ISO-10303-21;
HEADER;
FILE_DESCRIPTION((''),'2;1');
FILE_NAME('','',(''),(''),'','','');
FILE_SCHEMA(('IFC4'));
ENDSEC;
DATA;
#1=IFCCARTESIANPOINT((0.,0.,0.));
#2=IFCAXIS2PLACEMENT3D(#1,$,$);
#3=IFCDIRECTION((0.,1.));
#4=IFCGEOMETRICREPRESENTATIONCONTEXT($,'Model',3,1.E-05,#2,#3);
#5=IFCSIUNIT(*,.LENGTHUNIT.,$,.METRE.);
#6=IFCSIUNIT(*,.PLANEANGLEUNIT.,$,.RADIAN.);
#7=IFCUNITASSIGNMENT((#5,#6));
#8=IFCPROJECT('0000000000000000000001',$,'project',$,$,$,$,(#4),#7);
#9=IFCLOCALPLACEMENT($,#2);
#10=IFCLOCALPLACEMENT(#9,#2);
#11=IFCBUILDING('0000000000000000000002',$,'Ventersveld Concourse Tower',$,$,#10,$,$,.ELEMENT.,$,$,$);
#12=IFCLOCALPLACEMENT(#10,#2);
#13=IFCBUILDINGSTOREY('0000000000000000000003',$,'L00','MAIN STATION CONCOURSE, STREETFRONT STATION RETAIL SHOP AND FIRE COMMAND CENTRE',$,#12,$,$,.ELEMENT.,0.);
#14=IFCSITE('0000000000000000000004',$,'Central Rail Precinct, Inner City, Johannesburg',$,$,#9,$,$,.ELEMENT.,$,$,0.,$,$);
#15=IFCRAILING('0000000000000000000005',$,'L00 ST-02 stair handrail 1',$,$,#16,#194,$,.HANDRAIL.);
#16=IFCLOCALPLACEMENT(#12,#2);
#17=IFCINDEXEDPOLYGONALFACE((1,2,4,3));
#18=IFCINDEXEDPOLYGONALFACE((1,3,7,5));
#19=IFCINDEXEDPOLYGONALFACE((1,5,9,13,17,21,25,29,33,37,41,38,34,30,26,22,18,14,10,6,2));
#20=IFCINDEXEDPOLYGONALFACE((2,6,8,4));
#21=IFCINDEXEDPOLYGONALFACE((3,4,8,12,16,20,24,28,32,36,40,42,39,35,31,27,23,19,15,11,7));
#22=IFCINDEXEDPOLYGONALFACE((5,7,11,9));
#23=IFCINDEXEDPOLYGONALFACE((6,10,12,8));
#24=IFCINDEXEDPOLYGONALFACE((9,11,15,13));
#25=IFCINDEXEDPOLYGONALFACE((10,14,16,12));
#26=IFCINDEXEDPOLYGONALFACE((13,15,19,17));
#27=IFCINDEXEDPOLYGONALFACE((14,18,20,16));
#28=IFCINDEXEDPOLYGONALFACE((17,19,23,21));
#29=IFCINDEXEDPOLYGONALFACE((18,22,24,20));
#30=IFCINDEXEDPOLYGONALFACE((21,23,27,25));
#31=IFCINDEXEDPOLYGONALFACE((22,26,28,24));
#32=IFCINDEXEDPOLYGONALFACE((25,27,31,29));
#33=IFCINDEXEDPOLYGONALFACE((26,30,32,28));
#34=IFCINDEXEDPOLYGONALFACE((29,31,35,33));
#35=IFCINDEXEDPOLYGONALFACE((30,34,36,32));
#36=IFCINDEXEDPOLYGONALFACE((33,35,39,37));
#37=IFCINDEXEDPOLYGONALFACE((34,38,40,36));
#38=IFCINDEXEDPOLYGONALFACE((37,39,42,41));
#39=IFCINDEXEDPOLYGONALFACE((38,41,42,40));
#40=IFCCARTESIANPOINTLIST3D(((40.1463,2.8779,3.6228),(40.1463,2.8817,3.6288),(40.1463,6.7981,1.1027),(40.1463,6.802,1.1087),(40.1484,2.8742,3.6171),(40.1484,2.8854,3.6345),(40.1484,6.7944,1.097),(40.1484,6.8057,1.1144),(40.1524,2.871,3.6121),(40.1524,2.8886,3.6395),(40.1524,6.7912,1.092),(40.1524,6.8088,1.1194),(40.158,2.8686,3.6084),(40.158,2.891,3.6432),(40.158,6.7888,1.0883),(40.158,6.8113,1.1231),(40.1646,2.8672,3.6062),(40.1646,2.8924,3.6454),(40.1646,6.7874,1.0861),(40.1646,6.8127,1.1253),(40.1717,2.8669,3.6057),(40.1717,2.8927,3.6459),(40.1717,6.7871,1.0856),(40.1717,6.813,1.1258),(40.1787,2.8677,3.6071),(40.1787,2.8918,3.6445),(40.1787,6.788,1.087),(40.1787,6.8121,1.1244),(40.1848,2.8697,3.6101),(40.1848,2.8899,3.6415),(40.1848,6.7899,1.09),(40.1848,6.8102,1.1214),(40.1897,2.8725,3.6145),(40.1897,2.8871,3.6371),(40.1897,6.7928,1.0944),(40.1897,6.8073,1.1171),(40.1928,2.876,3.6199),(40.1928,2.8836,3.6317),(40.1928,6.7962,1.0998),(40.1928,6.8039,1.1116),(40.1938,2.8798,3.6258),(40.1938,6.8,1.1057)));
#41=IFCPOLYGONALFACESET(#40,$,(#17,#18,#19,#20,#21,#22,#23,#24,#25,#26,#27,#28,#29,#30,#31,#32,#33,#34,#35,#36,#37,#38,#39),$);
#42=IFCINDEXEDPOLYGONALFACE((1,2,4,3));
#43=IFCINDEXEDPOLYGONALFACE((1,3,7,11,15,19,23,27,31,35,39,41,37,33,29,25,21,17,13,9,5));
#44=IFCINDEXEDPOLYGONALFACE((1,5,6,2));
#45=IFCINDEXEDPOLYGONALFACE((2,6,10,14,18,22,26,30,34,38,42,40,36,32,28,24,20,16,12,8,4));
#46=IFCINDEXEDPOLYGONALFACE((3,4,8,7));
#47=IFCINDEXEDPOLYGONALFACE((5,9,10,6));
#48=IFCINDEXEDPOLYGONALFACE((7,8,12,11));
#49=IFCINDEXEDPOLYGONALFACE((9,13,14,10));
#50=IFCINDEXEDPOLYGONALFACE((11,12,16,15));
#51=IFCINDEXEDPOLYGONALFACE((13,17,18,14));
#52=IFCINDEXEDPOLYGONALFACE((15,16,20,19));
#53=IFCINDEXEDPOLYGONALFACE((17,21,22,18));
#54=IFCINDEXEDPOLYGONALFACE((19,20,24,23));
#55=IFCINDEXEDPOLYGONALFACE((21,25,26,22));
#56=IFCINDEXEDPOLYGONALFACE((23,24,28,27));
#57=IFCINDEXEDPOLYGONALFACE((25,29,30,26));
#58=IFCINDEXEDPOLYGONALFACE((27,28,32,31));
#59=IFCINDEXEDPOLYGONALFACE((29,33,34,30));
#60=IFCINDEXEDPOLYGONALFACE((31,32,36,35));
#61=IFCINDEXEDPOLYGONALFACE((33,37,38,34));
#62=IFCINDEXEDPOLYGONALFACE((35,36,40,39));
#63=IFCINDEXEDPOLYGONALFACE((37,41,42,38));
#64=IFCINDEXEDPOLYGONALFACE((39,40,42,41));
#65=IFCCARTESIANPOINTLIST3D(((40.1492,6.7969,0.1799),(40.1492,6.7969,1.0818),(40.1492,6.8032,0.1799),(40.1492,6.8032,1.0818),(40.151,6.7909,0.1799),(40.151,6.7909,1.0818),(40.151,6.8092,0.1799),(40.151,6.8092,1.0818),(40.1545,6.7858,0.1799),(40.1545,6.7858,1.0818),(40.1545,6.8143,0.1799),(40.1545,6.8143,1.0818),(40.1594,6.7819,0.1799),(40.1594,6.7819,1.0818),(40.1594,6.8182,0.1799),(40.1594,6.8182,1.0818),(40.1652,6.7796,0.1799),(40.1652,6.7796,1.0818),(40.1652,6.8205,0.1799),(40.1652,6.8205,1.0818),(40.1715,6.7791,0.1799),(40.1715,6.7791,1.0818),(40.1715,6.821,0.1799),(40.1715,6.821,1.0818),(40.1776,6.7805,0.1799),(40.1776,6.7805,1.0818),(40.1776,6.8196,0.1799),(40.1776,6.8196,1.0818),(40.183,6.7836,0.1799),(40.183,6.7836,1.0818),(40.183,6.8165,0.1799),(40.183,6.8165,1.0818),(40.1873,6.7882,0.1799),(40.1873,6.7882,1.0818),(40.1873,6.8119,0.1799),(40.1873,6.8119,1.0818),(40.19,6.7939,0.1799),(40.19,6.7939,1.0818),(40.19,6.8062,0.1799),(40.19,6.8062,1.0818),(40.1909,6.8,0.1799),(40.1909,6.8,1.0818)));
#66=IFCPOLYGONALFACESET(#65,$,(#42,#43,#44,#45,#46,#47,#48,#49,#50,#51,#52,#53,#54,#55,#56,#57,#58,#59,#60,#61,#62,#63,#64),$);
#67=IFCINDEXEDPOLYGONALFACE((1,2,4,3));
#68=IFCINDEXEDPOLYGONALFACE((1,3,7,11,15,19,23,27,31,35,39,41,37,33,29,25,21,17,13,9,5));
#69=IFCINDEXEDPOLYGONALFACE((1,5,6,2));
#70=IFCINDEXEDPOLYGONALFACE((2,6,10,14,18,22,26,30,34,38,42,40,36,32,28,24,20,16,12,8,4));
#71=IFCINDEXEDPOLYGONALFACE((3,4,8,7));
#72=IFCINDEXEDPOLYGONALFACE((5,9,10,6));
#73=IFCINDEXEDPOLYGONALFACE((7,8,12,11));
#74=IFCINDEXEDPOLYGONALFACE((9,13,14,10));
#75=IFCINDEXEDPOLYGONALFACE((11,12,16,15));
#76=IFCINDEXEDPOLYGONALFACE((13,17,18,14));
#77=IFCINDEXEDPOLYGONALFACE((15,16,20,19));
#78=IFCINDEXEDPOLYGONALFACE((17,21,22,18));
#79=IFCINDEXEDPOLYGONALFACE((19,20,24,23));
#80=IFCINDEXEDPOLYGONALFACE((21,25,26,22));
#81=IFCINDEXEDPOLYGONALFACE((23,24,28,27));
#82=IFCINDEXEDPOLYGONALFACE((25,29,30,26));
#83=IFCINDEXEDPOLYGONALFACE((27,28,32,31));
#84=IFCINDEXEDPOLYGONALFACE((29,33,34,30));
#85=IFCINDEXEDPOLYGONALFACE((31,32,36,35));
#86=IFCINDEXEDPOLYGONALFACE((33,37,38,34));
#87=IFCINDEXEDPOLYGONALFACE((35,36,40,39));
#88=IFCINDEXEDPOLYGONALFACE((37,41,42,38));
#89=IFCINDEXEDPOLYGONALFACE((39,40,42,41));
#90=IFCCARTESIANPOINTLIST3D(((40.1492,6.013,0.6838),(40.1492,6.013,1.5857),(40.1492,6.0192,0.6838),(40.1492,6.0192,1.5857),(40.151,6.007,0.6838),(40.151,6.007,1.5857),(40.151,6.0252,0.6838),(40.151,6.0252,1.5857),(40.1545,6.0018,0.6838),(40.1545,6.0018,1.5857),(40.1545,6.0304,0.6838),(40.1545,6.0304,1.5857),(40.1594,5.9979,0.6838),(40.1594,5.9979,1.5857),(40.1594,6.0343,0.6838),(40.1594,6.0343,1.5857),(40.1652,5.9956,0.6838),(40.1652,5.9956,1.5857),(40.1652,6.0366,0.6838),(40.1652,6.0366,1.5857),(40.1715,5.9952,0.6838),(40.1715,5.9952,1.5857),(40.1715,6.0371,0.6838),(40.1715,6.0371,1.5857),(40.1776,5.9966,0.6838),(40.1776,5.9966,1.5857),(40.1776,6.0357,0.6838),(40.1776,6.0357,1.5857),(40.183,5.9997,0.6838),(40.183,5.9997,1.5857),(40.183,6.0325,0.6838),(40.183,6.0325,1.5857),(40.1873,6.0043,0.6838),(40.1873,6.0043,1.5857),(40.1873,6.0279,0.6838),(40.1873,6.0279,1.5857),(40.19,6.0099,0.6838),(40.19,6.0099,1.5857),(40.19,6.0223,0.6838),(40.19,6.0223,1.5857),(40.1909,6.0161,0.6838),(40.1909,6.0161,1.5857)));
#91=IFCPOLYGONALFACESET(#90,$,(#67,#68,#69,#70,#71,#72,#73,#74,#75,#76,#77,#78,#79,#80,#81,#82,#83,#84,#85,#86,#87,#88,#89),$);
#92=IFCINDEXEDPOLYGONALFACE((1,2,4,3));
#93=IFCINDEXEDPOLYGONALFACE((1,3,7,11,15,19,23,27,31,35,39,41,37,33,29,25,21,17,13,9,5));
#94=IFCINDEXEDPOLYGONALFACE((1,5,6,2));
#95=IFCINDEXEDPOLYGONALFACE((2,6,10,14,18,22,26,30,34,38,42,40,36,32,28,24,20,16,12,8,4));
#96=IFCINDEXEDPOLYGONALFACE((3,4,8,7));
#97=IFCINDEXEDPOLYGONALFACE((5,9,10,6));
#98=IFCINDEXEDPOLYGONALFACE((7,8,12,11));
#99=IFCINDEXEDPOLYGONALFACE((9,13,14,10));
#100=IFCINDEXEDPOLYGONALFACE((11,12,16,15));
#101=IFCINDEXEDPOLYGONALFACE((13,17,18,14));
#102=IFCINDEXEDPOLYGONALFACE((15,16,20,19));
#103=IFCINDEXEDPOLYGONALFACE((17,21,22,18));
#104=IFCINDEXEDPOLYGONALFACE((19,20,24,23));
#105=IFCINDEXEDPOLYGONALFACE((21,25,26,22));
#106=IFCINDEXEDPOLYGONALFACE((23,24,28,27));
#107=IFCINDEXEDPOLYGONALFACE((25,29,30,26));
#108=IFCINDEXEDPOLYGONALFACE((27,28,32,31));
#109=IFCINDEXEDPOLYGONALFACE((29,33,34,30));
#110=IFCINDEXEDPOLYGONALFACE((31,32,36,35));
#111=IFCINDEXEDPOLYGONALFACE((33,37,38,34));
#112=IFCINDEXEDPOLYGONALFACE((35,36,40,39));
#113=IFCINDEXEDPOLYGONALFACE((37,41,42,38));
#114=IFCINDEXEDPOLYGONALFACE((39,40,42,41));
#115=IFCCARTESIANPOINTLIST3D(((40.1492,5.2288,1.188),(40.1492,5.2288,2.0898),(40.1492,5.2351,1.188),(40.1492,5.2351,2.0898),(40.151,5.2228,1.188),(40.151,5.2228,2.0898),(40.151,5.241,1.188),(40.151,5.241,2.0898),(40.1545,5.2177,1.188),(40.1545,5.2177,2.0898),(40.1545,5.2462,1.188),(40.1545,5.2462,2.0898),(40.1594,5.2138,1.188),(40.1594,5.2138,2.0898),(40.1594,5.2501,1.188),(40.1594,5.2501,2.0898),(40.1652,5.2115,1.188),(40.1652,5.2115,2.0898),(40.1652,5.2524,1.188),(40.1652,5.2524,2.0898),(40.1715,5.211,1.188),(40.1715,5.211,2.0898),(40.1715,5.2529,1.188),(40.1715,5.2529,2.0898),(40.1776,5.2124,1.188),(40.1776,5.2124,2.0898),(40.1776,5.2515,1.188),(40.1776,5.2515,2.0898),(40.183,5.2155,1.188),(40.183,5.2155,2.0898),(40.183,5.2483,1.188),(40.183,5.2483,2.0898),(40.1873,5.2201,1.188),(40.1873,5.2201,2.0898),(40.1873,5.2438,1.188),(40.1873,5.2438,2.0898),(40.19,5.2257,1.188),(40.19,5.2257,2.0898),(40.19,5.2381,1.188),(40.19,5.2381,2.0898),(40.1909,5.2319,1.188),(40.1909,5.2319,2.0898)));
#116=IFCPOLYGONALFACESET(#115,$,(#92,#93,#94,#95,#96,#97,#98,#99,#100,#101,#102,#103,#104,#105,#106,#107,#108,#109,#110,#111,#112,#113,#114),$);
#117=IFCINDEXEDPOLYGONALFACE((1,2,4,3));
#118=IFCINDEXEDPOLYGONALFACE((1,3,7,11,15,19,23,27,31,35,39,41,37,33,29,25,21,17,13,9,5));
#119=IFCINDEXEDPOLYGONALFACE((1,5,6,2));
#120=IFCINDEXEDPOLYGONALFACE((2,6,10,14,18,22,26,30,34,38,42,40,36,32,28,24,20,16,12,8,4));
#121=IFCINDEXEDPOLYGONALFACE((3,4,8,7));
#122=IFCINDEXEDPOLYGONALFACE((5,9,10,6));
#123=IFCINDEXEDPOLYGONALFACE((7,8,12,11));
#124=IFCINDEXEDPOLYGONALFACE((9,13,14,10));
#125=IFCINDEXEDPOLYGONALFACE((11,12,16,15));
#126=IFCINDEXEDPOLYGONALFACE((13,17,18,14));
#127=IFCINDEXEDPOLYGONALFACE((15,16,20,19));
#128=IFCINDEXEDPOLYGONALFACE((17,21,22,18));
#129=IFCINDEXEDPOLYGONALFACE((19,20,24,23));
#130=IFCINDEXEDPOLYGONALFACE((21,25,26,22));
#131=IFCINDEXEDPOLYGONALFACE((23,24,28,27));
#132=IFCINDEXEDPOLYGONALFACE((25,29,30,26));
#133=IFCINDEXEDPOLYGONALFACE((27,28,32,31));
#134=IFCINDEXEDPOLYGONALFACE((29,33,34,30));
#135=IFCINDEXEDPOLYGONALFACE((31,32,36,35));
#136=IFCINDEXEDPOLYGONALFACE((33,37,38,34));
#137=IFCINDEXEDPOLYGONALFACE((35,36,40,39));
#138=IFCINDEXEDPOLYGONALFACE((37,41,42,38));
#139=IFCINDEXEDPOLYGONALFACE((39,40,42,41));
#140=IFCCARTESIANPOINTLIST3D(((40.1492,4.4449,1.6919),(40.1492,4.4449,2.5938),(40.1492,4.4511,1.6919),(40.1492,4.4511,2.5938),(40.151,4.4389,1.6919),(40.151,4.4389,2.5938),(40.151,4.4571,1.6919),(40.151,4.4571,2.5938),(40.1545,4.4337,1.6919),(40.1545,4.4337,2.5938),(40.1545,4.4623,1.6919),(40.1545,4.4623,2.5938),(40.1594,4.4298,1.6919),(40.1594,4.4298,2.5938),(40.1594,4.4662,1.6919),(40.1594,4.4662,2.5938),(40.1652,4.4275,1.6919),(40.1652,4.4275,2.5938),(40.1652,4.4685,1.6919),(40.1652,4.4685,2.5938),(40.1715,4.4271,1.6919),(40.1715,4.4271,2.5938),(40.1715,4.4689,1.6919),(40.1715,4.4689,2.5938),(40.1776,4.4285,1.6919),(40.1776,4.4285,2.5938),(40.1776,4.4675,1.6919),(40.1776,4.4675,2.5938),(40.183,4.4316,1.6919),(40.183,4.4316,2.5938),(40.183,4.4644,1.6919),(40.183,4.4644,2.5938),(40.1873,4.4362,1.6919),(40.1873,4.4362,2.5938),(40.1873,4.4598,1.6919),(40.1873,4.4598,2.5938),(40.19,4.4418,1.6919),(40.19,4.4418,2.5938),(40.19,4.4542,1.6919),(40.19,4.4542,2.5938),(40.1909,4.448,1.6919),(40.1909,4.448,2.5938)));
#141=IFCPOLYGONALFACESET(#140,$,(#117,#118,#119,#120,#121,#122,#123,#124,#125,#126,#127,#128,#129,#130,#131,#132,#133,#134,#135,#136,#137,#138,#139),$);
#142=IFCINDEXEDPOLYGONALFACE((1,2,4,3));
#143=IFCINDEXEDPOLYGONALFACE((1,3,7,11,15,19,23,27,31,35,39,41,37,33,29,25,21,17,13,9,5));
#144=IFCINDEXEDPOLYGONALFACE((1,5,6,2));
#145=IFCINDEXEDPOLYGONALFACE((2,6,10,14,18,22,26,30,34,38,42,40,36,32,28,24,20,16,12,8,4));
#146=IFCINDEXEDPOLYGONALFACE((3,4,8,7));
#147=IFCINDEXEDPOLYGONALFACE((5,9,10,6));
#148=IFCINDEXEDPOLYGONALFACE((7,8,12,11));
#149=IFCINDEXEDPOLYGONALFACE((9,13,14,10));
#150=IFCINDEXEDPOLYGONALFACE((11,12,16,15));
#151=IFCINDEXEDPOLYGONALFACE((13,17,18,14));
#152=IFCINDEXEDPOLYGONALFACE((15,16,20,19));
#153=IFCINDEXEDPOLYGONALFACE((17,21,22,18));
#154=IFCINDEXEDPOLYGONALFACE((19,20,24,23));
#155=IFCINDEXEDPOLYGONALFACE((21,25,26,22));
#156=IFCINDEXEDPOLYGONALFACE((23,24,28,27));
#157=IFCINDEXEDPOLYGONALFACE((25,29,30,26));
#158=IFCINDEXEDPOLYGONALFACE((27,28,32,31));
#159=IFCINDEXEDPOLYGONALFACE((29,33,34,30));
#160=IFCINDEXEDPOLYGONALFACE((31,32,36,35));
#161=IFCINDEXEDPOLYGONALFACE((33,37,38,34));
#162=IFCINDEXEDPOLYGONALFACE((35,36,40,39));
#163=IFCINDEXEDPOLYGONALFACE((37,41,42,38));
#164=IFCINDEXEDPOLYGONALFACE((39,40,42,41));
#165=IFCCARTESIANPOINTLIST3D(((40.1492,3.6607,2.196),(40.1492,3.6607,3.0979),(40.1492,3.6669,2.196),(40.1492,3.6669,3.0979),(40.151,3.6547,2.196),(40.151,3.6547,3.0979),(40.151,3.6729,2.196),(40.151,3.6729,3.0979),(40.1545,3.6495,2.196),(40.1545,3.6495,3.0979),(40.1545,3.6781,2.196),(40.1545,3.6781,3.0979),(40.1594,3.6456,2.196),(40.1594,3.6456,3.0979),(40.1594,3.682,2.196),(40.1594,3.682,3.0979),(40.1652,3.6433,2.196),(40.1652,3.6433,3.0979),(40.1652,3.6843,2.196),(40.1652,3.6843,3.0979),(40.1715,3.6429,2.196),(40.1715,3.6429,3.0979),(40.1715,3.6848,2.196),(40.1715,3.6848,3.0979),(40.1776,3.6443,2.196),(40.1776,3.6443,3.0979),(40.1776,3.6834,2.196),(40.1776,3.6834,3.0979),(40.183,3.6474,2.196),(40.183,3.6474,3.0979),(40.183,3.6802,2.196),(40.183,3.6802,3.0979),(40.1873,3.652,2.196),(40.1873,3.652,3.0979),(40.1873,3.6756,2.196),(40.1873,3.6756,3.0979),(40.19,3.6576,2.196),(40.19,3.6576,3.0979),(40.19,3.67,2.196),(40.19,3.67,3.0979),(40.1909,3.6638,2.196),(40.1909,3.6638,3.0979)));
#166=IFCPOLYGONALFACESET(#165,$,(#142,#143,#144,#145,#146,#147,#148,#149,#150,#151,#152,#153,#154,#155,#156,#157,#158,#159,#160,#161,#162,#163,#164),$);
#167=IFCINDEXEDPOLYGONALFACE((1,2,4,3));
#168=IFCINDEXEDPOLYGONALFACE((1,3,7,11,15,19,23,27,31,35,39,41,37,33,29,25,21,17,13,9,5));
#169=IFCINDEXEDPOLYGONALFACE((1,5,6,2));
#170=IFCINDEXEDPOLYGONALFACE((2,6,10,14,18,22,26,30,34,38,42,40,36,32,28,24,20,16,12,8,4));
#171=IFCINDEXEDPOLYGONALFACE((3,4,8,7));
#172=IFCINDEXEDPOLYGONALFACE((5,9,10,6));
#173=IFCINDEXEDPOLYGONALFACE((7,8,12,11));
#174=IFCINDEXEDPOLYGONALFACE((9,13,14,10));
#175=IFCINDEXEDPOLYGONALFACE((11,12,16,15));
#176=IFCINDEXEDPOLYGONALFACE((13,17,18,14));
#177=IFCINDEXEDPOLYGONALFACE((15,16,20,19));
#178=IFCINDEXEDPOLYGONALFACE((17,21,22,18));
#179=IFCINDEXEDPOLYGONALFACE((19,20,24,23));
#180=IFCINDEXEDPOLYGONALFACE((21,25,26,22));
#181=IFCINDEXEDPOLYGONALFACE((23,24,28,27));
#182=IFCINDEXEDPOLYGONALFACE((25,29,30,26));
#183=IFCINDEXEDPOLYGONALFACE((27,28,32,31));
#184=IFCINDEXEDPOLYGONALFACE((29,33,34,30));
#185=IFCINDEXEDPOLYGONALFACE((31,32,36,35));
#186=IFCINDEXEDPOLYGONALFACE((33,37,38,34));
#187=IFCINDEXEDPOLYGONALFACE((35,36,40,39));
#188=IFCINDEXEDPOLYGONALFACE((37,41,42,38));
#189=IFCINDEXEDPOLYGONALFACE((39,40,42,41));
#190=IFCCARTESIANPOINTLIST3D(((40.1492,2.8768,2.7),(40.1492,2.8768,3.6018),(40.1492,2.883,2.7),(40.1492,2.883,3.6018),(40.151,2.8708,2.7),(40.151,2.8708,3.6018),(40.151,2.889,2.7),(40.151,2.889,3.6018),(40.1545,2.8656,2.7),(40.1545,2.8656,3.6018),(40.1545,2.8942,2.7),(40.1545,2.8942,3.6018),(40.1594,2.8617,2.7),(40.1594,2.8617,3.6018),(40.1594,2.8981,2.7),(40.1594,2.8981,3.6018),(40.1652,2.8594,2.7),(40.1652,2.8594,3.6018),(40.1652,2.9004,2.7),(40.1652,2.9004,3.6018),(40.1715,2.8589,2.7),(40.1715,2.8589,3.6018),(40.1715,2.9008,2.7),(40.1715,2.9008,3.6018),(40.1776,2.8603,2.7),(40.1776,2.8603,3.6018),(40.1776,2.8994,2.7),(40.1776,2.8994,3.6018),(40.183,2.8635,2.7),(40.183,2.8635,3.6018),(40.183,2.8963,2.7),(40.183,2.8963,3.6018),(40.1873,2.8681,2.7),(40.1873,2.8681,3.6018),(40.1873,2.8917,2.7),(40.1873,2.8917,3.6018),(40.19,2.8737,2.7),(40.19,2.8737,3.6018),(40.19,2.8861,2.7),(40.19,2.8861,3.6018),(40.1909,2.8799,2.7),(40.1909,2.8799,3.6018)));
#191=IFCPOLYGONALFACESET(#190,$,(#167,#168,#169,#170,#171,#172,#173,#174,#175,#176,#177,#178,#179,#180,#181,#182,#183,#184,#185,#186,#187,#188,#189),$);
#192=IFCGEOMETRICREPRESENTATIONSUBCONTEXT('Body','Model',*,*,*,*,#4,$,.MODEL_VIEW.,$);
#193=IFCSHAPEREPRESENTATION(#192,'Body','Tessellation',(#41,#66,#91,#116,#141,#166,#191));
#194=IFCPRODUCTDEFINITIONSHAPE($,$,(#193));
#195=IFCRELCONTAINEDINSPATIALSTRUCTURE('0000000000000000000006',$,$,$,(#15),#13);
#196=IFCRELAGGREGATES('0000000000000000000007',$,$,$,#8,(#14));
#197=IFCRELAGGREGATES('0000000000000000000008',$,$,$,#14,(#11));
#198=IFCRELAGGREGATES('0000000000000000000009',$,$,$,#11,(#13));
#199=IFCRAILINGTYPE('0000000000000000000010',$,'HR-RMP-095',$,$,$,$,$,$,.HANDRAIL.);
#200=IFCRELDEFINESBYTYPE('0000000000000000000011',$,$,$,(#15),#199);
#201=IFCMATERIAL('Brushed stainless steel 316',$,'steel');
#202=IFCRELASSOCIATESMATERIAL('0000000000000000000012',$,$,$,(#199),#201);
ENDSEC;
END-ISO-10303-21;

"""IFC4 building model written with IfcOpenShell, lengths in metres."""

from ifc_helpers import new_model, si_unit, direction, frame, origin, origin_2d, place, context, subcontext, project, spatial, circle, extrude, material, type_object, element, save


model = new_model("IFC4")

# Units and contexts
model_context = context("Model", 3, precision=1e-05, world=origin(), true_north=direction((0.0, 1.0)))
body_context = subcontext(model_context, "Body", "Model", "MODEL_VIEW")
ifc_project = project(units=[si_unit("LENGTHUNIT", "METRE"), si_unit("PLANEANGLEUNIT", "RADIAN")], contexts=[model_context])

# Site, building, storey
site_placement = place(None, origin())
site = spatial("IfcSite", under=ifc_project, at=site_placement, Name="Central Rail Precinct, Inner City, Johannesburg", CompositionType="ELEMENT", RefElevation=0.0)
building_placement = place(site_placement, origin())
building = spatial("IfcBuilding", under=site, at=building_placement, Name="Ventersveld Concourse Tower", CompositionType="ELEMENT")
storey_placement = place(building_placement, origin())
storey = spatial("IfcBuildingStorey", under=building, at=storey_placement, Name="L00", Description="MAIN STATION CONCOURSE, STREETFRONT STATION RETAIL SHOP AND FIRE COMMAND CENTRE", CompositionType="ELEMENT", Elevation=0.0)

# Shared definitions
ifc_material_1 = material(Name="Brushed stainless steel 316", Category="steel")

# Railing
railing_type_1 = type_object("IfcRailingType", Name="HR-RMP-095", PredefinedType="HANDRAIL", material=ifc_material_1)
railing_1_placement = place(storey_placement, frame((40.1699, 6.8, 0.1799)))
element("IfcRailing", 1, at=railing_1_placement, inside=storey, type_object=railing_type_1, Name="L00 ST-02 stair handrail 1", PredefinedType="HANDRAIL", context=body_context, shape_type="SweptSolid", body=[
    extrude(circle(Radius=0.0239, at=origin_2d()), frame((0.0, 0.0, 0.9258), z_axis=(0.0, -0.841187, 0.540744), x_axis=(1.0, 0.0, 0.0)), (0.0, 0.0, 1.0), 4.6604),
    extrude(circle(Radius=0.021, at=origin_2d()), origin(), (0.0, 0.0, 1.0), 0.9019),
    extrude(circle(Radius=0.021, at=origin_2d()), frame((0.0, -0.7839, 0.5039)), (0.0, 0.0, 1.0), 0.9019),
    extrude(circle(Radius=0.021, at=origin_2d()), frame((0.0, -1.5681, 1.0081)), (0.0, 0.0, 1.0), 0.9019),
    extrude(circle(Radius=0.021, at=origin_2d()), frame((0.0, -2.3521, 1.512)), (0.0, 0.0, 1.0), 0.9019),
    extrude(circle(Radius=0.021, at=origin_2d()), frame((0.0, -3.1362, 2.0161)), (0.0, 0.0, 1.0), 0.9019),
    extrude(circle(Radius=0.021, at=origin_2d()), frame((0.0, -3.9202, 2.52)), (0.0, 0.0, 1.0), 0.9019),
])

save(model, "model.ifc")
